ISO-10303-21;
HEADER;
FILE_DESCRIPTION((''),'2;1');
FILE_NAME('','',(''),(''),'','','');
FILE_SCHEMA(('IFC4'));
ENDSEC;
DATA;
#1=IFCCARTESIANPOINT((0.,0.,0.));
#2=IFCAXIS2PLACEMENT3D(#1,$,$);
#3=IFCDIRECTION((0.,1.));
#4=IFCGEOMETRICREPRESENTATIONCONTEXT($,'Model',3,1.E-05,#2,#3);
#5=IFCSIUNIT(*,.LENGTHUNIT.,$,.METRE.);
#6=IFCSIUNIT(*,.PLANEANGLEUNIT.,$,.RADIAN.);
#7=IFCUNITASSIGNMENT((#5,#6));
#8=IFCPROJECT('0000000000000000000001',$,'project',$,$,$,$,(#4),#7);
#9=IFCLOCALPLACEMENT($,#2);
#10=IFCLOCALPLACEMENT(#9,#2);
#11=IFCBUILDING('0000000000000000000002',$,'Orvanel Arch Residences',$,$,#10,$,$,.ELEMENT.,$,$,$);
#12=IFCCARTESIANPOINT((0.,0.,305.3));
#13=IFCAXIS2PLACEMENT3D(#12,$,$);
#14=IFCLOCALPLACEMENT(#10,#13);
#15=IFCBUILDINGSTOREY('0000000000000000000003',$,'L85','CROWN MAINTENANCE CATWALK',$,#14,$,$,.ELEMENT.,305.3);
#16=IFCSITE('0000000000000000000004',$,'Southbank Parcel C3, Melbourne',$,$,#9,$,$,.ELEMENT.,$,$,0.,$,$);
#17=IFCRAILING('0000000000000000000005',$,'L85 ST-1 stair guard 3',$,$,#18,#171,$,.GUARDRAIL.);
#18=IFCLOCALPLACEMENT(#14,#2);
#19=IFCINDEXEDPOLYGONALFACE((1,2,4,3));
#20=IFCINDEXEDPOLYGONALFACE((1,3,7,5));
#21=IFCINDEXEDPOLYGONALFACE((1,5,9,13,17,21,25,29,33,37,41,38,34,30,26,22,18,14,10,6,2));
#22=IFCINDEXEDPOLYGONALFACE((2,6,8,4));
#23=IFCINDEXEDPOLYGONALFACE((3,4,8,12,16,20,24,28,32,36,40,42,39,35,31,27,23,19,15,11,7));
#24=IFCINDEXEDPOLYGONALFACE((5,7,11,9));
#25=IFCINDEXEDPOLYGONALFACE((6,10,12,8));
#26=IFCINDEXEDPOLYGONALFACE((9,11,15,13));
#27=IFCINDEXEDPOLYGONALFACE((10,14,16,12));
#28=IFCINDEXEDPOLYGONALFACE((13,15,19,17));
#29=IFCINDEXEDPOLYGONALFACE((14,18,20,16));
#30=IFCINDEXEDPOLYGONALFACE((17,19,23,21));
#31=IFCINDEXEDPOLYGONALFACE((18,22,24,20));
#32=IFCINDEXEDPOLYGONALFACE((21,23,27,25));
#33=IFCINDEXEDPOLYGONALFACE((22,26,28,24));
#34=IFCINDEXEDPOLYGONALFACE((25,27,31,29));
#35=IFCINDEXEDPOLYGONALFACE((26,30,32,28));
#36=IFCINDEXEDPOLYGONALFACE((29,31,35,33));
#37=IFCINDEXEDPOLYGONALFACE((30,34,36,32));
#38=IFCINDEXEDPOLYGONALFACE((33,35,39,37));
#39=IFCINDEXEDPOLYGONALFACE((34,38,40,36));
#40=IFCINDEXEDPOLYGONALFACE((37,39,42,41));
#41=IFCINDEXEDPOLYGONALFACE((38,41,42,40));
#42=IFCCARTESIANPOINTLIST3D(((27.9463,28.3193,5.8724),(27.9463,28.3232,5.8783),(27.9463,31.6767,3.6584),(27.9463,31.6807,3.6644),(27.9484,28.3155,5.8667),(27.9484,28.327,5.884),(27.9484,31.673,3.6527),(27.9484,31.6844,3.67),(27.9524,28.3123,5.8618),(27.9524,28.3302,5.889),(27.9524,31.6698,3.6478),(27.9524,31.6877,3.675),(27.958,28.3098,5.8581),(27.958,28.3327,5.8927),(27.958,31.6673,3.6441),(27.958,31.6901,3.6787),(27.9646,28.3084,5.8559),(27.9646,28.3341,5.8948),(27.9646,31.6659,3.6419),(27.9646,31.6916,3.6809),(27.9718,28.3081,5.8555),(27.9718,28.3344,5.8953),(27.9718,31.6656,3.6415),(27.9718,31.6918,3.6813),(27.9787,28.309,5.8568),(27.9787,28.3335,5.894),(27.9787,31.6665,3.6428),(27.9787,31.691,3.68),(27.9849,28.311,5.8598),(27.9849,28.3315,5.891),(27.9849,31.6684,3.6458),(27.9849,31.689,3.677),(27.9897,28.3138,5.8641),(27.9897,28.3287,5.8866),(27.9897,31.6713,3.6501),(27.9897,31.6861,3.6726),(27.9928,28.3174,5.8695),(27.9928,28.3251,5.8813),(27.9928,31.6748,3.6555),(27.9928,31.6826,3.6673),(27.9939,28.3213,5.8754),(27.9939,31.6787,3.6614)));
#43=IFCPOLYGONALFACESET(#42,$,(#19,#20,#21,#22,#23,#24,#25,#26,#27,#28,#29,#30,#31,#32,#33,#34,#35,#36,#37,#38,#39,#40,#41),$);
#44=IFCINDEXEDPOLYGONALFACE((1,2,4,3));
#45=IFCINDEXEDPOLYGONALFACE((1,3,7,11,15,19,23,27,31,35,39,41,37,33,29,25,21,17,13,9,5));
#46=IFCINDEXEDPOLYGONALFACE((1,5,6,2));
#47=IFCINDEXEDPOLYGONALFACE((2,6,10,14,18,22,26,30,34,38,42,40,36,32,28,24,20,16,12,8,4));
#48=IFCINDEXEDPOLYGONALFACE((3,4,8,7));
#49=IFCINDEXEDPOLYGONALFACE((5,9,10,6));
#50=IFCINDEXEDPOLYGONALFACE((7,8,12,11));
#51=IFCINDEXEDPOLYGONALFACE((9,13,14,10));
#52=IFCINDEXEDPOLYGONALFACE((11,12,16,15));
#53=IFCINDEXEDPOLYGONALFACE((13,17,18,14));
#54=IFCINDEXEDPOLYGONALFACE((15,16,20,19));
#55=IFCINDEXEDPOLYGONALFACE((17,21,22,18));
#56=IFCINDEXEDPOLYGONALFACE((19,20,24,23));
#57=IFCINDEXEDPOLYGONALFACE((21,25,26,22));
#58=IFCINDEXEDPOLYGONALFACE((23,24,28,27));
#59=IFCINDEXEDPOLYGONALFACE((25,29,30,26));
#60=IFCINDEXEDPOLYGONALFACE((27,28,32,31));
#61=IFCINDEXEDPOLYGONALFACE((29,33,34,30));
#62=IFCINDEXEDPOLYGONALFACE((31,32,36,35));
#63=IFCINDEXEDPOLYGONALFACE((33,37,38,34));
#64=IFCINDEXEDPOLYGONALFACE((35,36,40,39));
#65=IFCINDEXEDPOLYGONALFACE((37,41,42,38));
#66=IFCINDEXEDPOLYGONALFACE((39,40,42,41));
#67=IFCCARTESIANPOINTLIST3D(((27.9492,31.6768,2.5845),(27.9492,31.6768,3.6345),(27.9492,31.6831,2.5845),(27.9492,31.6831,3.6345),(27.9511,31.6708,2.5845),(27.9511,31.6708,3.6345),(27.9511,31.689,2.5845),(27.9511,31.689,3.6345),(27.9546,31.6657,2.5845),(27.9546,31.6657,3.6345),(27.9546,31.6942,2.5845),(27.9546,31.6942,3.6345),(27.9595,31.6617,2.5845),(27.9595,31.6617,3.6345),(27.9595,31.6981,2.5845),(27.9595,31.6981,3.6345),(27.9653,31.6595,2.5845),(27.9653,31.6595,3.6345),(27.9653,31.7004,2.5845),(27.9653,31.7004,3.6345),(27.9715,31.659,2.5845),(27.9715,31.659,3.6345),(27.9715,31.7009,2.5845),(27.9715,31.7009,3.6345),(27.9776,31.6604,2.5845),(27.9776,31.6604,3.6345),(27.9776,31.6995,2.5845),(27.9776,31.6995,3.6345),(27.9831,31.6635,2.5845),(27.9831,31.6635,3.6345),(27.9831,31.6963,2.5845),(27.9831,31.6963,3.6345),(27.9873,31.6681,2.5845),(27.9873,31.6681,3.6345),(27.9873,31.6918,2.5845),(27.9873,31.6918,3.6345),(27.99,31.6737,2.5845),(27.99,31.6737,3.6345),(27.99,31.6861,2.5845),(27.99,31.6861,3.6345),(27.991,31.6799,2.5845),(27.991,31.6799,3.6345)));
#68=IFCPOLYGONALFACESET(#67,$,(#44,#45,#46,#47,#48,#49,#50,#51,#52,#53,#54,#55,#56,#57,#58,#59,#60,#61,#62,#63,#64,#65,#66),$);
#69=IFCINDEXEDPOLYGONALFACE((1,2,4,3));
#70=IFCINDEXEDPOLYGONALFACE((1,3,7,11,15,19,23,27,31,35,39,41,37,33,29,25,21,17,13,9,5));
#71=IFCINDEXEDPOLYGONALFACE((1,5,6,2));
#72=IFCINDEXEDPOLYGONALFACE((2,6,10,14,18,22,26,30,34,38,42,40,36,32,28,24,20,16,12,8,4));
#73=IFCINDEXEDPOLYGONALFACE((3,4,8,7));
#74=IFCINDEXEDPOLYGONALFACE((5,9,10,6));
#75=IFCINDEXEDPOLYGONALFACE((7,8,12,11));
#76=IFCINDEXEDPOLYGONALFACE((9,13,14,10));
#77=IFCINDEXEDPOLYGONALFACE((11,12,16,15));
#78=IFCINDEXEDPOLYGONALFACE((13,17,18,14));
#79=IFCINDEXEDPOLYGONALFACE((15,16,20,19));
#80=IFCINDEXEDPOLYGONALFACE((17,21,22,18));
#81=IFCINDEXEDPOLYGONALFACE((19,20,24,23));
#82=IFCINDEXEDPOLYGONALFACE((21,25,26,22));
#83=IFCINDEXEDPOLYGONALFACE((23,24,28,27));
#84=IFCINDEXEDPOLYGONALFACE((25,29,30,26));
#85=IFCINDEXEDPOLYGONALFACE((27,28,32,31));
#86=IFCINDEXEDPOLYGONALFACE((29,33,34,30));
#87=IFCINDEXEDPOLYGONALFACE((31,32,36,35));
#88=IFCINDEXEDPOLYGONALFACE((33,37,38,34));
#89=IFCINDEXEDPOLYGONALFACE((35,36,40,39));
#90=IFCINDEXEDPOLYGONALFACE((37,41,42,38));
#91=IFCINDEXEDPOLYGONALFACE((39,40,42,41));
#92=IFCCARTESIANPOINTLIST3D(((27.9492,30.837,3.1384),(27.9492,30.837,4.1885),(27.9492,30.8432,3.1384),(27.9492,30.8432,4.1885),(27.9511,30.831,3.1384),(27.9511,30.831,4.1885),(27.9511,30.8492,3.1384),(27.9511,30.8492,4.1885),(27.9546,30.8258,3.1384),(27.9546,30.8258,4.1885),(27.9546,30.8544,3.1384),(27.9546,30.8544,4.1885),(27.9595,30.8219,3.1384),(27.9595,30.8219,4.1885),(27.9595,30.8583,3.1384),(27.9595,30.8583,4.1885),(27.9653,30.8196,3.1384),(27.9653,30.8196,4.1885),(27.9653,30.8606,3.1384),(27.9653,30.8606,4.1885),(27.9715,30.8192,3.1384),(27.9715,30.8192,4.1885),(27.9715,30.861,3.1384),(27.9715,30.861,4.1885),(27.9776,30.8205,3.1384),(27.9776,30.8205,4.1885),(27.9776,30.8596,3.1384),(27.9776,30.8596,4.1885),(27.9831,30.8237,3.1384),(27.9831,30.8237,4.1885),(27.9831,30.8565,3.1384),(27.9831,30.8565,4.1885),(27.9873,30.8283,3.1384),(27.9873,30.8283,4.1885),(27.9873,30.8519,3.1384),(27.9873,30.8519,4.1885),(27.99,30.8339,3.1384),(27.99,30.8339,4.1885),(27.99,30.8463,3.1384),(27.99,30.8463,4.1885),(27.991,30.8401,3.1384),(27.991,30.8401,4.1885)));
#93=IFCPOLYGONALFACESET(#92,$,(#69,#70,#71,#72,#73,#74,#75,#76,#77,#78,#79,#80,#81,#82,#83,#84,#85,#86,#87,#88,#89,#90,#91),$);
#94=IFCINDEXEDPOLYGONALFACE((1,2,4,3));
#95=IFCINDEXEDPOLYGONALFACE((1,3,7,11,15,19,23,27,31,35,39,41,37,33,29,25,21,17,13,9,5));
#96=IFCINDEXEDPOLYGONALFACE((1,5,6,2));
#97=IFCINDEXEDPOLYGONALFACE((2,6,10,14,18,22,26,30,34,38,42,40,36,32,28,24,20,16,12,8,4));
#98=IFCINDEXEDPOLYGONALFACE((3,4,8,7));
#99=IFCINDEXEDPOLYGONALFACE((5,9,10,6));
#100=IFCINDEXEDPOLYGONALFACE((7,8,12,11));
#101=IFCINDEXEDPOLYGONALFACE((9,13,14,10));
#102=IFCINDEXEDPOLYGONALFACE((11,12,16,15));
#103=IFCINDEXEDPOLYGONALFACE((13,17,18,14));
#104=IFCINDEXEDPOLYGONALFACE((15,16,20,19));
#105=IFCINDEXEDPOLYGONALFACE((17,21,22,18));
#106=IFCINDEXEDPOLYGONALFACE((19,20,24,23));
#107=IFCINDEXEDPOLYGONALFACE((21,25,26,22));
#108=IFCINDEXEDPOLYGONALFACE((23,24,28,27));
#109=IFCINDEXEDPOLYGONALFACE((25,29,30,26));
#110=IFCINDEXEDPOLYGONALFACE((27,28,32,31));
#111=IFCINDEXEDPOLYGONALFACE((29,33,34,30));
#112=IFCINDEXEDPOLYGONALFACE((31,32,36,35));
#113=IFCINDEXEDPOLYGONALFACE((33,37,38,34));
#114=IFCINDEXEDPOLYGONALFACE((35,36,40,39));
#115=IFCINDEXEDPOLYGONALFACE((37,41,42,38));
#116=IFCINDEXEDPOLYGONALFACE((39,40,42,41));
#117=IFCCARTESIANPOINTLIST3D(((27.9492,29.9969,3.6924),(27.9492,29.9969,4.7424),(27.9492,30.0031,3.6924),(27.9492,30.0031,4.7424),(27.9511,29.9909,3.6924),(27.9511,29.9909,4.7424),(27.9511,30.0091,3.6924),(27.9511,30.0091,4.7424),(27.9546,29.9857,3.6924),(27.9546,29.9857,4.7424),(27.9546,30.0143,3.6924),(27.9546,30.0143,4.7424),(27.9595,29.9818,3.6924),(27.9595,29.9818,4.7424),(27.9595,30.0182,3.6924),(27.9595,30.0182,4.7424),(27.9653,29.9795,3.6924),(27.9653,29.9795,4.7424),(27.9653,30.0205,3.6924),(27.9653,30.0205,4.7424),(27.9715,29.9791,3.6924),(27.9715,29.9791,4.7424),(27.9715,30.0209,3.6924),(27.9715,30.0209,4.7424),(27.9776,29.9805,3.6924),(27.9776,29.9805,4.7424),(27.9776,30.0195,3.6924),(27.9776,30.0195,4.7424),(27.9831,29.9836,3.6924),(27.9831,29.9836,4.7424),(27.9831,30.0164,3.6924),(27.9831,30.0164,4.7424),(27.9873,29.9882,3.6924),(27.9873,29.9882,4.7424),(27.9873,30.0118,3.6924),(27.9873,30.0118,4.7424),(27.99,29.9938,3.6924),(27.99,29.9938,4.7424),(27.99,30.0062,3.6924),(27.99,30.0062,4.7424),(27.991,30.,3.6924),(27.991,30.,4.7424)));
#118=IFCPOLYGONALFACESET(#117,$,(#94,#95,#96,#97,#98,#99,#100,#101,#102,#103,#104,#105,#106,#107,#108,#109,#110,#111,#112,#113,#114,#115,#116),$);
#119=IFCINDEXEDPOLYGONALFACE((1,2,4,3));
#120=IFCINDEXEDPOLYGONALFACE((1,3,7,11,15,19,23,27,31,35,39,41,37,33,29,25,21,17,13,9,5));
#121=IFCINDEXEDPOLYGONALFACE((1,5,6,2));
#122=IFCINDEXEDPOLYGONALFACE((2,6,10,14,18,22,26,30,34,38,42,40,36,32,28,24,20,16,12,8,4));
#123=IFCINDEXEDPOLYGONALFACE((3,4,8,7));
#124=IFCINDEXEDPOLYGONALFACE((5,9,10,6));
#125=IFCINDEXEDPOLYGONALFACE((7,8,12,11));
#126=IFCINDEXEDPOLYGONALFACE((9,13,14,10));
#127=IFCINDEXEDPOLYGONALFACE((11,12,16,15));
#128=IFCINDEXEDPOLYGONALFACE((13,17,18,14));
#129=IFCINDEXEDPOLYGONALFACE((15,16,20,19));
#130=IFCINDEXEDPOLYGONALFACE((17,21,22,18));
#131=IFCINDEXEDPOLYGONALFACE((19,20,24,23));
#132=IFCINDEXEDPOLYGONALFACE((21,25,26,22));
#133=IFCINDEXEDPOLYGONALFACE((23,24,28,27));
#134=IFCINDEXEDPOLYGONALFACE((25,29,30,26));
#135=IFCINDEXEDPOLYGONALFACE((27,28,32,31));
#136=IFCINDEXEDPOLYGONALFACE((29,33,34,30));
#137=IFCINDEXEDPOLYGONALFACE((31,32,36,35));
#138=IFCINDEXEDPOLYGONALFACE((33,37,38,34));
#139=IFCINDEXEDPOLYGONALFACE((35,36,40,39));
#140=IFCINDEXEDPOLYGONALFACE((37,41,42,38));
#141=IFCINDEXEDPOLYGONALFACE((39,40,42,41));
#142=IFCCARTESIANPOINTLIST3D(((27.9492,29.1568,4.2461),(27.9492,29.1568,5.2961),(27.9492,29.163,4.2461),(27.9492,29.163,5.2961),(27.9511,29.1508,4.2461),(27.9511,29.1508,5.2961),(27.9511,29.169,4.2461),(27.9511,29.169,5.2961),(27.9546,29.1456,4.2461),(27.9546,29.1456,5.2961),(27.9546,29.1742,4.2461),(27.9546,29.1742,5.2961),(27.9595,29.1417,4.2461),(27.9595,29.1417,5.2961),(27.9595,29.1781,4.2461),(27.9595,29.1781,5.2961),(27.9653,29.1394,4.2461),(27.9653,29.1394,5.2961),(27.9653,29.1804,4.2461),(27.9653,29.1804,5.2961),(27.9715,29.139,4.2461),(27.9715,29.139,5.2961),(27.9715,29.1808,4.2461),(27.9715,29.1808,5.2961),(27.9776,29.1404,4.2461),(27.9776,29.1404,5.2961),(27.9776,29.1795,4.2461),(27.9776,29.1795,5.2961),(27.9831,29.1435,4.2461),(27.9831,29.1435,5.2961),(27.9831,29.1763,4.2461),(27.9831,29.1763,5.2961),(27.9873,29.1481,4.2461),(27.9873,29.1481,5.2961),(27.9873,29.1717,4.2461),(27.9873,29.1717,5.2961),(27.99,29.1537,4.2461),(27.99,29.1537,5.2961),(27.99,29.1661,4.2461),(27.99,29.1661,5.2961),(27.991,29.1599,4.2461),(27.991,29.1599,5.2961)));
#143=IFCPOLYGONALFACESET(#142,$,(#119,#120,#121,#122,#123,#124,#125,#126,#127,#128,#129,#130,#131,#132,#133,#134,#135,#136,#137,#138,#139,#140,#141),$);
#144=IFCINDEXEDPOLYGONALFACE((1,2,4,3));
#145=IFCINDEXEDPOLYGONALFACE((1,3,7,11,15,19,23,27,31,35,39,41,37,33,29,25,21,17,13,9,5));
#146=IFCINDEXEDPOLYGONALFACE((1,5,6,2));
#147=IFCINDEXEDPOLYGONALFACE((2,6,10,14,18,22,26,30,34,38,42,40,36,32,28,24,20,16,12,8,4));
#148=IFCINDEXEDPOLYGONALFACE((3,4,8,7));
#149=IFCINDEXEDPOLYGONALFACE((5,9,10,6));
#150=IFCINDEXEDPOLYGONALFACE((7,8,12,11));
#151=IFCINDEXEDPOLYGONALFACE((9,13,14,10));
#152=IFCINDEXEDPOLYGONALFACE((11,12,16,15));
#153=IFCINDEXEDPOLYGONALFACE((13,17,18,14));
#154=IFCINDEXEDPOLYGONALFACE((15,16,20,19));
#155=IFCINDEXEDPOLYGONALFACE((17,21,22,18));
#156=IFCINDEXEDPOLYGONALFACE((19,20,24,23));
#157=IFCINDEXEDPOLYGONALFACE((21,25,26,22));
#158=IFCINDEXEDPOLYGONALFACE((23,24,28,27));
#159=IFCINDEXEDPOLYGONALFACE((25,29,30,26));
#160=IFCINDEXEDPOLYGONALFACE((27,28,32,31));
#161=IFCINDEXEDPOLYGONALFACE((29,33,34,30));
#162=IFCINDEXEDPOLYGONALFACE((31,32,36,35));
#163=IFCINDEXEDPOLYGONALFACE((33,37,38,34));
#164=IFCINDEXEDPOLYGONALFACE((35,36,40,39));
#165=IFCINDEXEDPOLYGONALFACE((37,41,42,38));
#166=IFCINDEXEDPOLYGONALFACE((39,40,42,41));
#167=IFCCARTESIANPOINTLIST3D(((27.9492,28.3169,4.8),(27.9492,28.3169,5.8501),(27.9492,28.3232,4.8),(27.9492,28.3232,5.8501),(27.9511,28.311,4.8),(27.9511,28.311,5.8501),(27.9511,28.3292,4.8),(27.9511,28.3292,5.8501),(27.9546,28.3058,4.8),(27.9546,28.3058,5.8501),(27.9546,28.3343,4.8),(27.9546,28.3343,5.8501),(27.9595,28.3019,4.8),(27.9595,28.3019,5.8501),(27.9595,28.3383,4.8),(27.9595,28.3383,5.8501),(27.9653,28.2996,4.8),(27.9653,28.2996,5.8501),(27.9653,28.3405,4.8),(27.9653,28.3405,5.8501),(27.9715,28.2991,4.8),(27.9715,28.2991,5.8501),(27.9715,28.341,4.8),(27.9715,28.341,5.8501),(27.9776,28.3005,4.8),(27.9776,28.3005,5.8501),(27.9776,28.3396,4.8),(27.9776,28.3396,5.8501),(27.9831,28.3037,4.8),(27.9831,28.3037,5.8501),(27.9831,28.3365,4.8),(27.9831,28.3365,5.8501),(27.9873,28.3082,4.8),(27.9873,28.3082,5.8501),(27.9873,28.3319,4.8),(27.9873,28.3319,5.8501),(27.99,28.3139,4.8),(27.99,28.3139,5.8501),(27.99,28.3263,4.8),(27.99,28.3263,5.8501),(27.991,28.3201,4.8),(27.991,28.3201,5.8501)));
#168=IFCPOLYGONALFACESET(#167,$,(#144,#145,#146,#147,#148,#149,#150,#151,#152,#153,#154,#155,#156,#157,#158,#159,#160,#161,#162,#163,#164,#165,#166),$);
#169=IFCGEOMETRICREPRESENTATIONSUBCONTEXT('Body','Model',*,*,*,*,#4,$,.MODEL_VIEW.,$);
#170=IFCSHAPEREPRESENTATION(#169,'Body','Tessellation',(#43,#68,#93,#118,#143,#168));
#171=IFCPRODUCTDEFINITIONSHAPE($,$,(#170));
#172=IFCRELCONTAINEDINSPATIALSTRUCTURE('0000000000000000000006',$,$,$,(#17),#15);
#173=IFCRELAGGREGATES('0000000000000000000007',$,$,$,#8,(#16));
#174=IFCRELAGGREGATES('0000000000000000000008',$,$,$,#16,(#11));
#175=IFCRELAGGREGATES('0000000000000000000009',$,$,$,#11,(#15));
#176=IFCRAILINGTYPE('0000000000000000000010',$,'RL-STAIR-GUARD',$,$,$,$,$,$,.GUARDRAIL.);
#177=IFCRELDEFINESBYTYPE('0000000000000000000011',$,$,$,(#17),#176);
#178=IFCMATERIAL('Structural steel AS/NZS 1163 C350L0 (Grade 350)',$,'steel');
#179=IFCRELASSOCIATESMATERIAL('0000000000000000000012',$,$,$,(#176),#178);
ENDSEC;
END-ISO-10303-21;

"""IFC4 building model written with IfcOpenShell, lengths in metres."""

from ifc_helpers import new_model, si_unit, direction, frame, origin, origin_2d, place, context, subcontext, project, spatial, circle, extrude, material, type_object, element, save


model = new_model("IFC4")

# Units and contexts
model_context = context("Model", 3, precision=1e-05, world=origin(), true_north=direction((0.0, 1.0)))
body_context = subcontext(model_context, "Body", "Model", "MODEL_VIEW")
ifc_project = project(units=[si_unit("LENGTHUNIT", "METRE"), si_unit("PLANEANGLEUNIT", "RADIAN")], contexts=[model_context])

# Site, building, storey
site_placement = place(None, origin())
site = spatial("IfcSite", under=ifc_project, at=site_placement, Name="Southbank Parcel C3, Melbourne", CompositionType="ELEMENT", RefElevation=0.0)
building_placement = place(site_placement, origin())
building = spatial("IfcBuilding", under=site, at=building_placement, Name="Orvanel Arch Residences", CompositionType="ELEMENT")
storey_placement = place(building_placement, frame((0.0, 0.0, 305.3)))
storey = spatial("IfcBuildingStorey", under=building, at=storey_placement, Name="L85", Description="CROWN MAINTENANCE CATWALK", CompositionType="ELEMENT", Elevation=305.3)

# Shared definitions
ifc_material_1 = material(Name="Structural steel AS/NZS 1163 C350L0 (Grade 350)", Category="steel")

# Railing
railing_type_1 = type_object("IfcRailingType", Name="RL-STAIR-GUARD", PredefinedType="GUARDRAIL", material=ifc_material_1)
railing_1_placement = place(storey_placement, frame((27.97, 31.6799, 2.5845)))
element("IfcRailing", 1, at=railing_1_placement, inside=storey, type_object=railing_type_1, Name="L85 ST-1 stair guard 3", PredefinedType="GUARDRAIL", context=body_context, shape_type="SweptSolid", body=[
    extrude(circle(Radius=0.0239, at=origin_2d()), frame((0.0, -0.0012, 1.0769), z_axis=(0.0, -0.83483, 0.550508), x_axis=(1.0, 0.0, 0.0)), (0.0, 0.0, 1.0), 4.0217),
    extrude(circle(Radius=0.021, at=origin_2d()), origin(), (0.0, 0.0, 1.0), 1.05),
    extrude(circle(Radius=0.021, at=origin_2d()), frame((0.0, -0.8398, 0.554)), (0.0, 0.0, 1.0), 1.05),
    extrude(circle(Radius=0.021, at=origin_2d()), frame((0.0, -1.6799, 1.1079)), (0.0, 0.0, 1.0), 1.05),
    extrude(circle(Radius=0.021, at=origin_2d()), frame((0.0, -2.52, 1.6616)), (0.0, 0.0, 1.0), 1.05),
    extrude(circle(Radius=0.021, at=origin_2d()), frame((0.0, -3.3599, 2.2156)), (0.0, 0.0, 1.0), 1.05),
])

save(model, "model.ifc")
